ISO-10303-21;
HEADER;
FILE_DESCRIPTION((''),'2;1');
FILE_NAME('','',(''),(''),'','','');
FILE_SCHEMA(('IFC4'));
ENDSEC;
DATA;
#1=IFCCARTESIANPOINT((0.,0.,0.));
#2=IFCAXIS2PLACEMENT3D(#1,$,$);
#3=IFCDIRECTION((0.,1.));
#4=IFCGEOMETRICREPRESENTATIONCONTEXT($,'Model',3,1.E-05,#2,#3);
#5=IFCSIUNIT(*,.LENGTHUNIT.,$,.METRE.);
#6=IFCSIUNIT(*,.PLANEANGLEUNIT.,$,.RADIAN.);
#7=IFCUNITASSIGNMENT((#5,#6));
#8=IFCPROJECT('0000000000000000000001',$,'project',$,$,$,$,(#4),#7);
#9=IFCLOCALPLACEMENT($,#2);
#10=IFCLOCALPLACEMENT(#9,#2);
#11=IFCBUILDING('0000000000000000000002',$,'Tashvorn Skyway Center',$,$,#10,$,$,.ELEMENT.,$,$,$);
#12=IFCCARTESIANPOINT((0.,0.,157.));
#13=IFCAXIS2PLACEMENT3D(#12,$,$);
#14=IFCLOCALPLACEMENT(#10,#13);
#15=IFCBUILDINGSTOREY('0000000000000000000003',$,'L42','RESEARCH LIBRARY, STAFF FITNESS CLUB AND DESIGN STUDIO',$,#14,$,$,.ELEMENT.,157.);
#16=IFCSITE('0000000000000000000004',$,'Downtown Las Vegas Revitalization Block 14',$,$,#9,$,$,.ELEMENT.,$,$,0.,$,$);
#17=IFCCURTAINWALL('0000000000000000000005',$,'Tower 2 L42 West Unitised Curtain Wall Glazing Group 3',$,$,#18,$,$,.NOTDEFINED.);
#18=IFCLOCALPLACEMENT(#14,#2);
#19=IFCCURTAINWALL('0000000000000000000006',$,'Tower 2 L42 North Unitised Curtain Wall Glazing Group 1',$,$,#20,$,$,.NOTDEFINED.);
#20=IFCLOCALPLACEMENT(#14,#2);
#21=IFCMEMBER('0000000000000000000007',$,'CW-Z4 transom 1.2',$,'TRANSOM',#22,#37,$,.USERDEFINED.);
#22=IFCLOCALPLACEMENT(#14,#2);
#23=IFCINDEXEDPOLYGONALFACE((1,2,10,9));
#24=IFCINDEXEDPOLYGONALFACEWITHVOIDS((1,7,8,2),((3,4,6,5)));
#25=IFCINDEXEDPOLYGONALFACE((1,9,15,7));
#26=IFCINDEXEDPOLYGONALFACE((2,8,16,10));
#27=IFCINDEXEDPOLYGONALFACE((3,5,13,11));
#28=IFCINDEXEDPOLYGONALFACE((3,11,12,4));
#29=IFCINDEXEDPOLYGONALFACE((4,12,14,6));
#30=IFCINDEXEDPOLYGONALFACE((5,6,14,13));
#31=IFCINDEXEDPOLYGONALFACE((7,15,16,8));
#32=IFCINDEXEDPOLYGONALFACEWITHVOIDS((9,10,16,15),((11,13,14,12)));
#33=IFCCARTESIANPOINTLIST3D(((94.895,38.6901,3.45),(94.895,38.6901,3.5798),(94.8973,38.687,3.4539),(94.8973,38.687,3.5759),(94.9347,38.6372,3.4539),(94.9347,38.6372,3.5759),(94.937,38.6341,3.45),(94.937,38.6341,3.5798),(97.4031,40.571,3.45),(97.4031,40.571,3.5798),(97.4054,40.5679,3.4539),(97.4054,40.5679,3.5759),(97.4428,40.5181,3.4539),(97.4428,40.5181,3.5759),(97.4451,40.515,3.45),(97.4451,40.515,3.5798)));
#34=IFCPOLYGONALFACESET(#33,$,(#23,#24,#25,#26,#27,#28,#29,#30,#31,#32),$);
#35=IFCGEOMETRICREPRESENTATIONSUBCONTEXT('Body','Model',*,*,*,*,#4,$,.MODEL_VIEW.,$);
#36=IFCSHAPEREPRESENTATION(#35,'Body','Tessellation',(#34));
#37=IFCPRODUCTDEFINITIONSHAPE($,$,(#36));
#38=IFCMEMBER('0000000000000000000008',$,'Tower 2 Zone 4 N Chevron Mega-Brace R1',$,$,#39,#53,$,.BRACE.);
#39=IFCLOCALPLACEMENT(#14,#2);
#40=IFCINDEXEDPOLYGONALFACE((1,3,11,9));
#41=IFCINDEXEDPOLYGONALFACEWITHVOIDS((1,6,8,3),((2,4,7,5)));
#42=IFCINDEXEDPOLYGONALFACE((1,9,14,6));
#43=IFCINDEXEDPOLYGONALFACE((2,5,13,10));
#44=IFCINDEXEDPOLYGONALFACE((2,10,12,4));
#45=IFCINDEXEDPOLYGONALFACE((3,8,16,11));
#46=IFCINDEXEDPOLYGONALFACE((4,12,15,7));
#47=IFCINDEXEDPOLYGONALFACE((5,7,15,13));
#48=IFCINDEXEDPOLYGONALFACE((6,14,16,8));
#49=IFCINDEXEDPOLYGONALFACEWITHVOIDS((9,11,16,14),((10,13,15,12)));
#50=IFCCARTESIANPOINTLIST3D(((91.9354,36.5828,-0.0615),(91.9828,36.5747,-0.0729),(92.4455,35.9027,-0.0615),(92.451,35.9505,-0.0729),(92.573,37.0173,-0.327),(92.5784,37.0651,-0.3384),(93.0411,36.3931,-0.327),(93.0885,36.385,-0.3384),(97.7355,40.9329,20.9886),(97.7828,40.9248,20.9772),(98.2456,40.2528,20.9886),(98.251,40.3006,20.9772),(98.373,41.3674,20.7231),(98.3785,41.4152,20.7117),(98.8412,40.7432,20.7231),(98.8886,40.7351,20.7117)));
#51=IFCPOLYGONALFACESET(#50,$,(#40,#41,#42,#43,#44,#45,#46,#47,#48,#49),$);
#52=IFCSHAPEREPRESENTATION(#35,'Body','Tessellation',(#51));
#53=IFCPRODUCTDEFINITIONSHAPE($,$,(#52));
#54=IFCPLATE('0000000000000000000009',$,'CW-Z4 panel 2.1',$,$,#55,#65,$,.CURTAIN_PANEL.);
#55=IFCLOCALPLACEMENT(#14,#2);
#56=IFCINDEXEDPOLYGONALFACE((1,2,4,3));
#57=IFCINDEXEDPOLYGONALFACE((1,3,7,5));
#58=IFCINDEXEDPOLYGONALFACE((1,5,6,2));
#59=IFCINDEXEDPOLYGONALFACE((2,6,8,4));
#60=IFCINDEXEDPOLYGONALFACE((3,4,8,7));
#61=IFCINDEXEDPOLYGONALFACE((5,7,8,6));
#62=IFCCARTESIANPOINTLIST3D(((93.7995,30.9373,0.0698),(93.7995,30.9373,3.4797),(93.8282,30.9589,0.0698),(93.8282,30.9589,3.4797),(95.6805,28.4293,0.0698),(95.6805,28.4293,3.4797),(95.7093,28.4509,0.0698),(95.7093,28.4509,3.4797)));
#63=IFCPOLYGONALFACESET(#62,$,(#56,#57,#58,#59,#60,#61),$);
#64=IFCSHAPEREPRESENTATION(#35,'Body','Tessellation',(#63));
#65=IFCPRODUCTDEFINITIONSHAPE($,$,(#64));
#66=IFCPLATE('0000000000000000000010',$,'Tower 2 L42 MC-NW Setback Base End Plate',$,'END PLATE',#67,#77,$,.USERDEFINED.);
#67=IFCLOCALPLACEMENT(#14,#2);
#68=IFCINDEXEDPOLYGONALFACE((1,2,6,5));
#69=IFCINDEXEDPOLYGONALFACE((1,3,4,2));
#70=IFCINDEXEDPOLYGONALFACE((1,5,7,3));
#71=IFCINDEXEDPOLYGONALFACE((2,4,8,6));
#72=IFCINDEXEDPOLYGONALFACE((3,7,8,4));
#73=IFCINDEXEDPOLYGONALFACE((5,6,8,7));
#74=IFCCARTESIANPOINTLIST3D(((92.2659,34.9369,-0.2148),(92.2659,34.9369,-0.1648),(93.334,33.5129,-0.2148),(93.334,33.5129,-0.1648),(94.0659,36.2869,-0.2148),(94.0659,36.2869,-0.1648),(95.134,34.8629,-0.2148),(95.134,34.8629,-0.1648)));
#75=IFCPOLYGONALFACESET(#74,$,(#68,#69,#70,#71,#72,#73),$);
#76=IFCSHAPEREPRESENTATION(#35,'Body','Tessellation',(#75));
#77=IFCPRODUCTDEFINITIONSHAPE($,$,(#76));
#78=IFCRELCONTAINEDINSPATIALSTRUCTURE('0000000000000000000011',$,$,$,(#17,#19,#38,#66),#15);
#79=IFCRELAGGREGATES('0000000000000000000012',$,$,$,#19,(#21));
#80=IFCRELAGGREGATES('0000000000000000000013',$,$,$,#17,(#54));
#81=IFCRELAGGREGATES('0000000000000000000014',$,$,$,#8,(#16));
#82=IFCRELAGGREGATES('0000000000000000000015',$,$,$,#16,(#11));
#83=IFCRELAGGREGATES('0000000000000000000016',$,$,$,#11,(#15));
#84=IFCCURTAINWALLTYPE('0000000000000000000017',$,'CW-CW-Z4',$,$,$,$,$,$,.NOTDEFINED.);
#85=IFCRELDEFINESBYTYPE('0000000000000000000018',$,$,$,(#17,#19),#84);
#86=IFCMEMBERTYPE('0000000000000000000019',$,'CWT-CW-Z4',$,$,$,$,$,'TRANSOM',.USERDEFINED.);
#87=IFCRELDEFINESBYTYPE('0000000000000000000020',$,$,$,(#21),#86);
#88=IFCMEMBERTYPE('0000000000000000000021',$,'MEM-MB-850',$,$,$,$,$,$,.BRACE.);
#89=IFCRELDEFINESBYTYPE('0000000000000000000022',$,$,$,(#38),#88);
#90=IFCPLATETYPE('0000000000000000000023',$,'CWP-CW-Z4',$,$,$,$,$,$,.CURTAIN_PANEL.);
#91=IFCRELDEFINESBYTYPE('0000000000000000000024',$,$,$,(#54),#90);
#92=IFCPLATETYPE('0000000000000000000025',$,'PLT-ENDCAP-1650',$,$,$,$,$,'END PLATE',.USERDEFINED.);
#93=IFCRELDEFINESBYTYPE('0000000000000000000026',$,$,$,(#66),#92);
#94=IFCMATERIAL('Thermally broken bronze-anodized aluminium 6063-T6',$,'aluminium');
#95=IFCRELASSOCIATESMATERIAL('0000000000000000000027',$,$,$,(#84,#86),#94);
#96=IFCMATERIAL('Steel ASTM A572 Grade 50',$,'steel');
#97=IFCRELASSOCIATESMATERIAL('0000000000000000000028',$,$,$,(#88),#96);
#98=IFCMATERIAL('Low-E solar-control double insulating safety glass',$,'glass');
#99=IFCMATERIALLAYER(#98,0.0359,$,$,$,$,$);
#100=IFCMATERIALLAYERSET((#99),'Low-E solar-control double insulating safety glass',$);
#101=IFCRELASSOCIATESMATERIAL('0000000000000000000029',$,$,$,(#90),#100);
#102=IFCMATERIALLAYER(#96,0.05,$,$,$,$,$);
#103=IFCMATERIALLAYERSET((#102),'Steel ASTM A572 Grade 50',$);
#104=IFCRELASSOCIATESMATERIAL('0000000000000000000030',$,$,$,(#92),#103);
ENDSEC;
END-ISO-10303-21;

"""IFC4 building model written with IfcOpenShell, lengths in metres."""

from ifc_helpers import new_model, si_unit, direction, frame, origin, origin_2d, place, context, subcontext, project, spatial, rectangle, hollow_rectangle, extrude, material, layer, layer_set, material_profile, profile_set, type_object, element, aggregate, save


model = new_model("IFC4")

# Units and contexts
model_context = context("Model", 3, precision=1e-05, world=origin(), true_north=direction((0.0, 1.0)))
body_context = subcontext(model_context, "Body", "Model", "MODEL_VIEW")
ifc_project = project(units=[si_unit("LENGTHUNIT", "METRE"), si_unit("PLANEANGLEUNIT", "RADIAN")], contexts=[model_context])

# Site, building, storey
site_placement = place(None, origin())
site = spatial("IfcSite", under=ifc_project, at=site_placement, Name="Downtown Las Vegas Revitalization Block 14", CompositionType="ELEMENT", RefElevation=0.0)
building_placement = place(site_placement, origin())
building = spatial("IfcBuilding", under=site, at=building_placement, Name="Tashvorn Skyway Center", CompositionType="ELEMENT")
storey_placement = place(building_placement, frame((0.0, 0.0, 157.0)))
storey = spatial("IfcBuildingStorey", under=building, at=storey_placement, Name="L42", Description="RESEARCH LIBRARY, STAFF FITNESS CLUB AND DESIGN STUDIO", CompositionType="ELEMENT", Elevation=157.0)

# Shared definitions
ifc_material_1 = material(Name="Steel ASTM A572 Grade 50", Category="steel")

# Curtain wall
ifc_material_2 = material(Name="Thermally broken bronze-anodized aluminium 6063-T6", Category="aluminium")
curtain_wall_type = type_object("IfcCurtainWallType", Name="CW-CW-Z4", PredefinedType="NOTDEFINED", material=ifc_material_2)
curtain_wall_1_placement = place(storey_placement, origin())
curtain_wall_1 = element("IfcCurtainWall", 1, at=curtain_wall_1_placement, inside=storey, type_object=curtain_wall_type, Name="Tower 2 L42 West Unitised Curtain Wall Glazing Group 3", PredefinedType="NOTDEFINED")

# Curtain wall
curtain_wall_2_placement = place(storey_placement, origin())
curtain_wall_2 = element("IfcCurtainWall", 2, at=curtain_wall_2_placement, inside=storey, type_object=curtain_wall_type, Name="Tower 2 L42 North Unitised Curtain Wall Glazing Group 1", PredefinedType="NOTDEFINED")

# Members
ifc_material_profile_1 = material_profile(ifc_material_2, hollow_rectangle(XDim=0.0701, YDim=0.1299, WallThickness=0.0039, at=origin_2d()), Name="ALU-TRAN-70x130")
ifc_profile_set_1 = profile_set([ifc_material_profile_1], Name="Thermally broken bronze-anodized aluminium 6063-T6")
member_type_1 = type_object("IfcMemberType", Name="CWT-CW-Z4", ElementType="TRANSOM", PredefinedType="USERDEFINED", material=ifc_profile_set_1)
member_1_placement = place(storey_placement, frame((94.916, 38.6621, 3.5149), z_axis=(0.800028, 0.599963, 0.0), x_axis=(-0.599963, 0.800028, 0.0)))
member_1 = element("IfcMember", 3, at=member_1_placement, type_object=member_type_1, Name="CW-Z4 transom 1.2", ObjectType="TRANSOM", PredefinedType="USERDEFINED", context=body_context, shape_type="SweptSolid", body=[
    extrude(hollow_rectangle(XDim=0.0701, YDim=0.1299, WallThickness=0.0039, at=origin_2d()), origin(), (0.0, 0.0, 1.0), 3.135),
])
aggregate(curtain_wall_2, [member_1])
ifc_material_profile_2 = material_profile(ifc_material_1, hollow_rectangle(XDim=0.8501, YDim=0.8501, WallThickness=0.0349, at=origin_2d()), Name="BOX850x850x35")
ifc_profile_set_2 = profile_set([ifc_material_profile_2], Name="Steel ASTM A572 Grade 50")
member_type_2 = type_object("IfcMemberType", Name="MEM-MB-850", PredefinedType="BRACE", material=ifc_profile_set_2)
member_2_placement = place(storey_placement, frame((92.512, 36.4839, -0.2), z_axis=(0.260517, 0.19539, 0.945491), x_axis=(-0.600005, 0.799996, 0.0)))
element("IfcMember", 4, at=member_2_placement, inside=storey, type_object=member_type_2, Name="Tower 2 Zone 4 N Chevron Mega-Brace R1", PredefinedType="BRACE", context=body_context, shape_type="SweptSolid", body=[
    extrude(hollow_rectangle(XDim=0.8501, YDim=0.8501, WallThickness=0.0349, at=origin_2d()), origin(), (0.0, 0.0, 1.0), 22.2637),
])

# Plates
ifc_material_3 = material(Name="Low-E solar-control double insulating safety glass", Category="glass")
ifc_layer_1 = layer(ifc_material_3, 0.0359)
ifc_layer_set_1 = layer_set([ifc_layer_1], Name="Low-E solar-control double insulating safety glass")
plate_type_1 = type_object("IfcPlateType", Name="CWP-CW-Z4", PredefinedType="CURTAIN_PANEL", material=ifc_layer_set_1)
plate_1_placement = place(storey_placement, frame((94.7544, 29.6941, 0.0698), z_axis=(0.0, 0.0, 1.0), x_axis=(-0.6, 0.8, 0.0)))
plate_1 = element("IfcPlate", 5, at=plate_1_placement, type_object=plate_type_1, Name="CW-Z4 panel 2.1", PredefinedType="CURTAIN_PANEL", context=body_context, shape_type="SweptSolid", body=[
    extrude(rectangle(XDim=3.135, YDim=0.0359, at=origin_2d()), origin(), (0.0, 0.0, 1.0), 3.4099),
])
aggregate(curtain_wall_1, [plate_1])
ifc_layer_2 = layer(ifc_material_1, 0.05)
ifc_layer_set_2 = layer_set([ifc_layer_2], Name="Steel ASTM A572 Grade 50")
plate_type_2 = type_object("IfcPlateType", Name="PLT-ENDCAP-1650", ElementType="END PLATE", PredefinedType="USERDEFINED", material=ifc_layer_set_2)
plate_2_placement = place(storey_placement, frame((93.7, 34.8999, -0.2148), z_axis=(0.0, 0.0, 1.0), x_axis=(0.8, 0.6, 0.0)))
element("IfcPlate", 6, at=plate_2_placement, inside=storey, type_object=plate_type_2, Name="Tower 2 L42 MC-NW Setback Base End Plate", ObjectType="END PLATE", PredefinedType="USERDEFINED", context=body_context, shape_type="SweptSolid", body=[
    extrude(rectangle(XDim=2.25, YDim=1.78, at=origin_2d()), origin(), (0.0, 0.0, 1.0), 0.05),
])

save(model, "model.ifc")
